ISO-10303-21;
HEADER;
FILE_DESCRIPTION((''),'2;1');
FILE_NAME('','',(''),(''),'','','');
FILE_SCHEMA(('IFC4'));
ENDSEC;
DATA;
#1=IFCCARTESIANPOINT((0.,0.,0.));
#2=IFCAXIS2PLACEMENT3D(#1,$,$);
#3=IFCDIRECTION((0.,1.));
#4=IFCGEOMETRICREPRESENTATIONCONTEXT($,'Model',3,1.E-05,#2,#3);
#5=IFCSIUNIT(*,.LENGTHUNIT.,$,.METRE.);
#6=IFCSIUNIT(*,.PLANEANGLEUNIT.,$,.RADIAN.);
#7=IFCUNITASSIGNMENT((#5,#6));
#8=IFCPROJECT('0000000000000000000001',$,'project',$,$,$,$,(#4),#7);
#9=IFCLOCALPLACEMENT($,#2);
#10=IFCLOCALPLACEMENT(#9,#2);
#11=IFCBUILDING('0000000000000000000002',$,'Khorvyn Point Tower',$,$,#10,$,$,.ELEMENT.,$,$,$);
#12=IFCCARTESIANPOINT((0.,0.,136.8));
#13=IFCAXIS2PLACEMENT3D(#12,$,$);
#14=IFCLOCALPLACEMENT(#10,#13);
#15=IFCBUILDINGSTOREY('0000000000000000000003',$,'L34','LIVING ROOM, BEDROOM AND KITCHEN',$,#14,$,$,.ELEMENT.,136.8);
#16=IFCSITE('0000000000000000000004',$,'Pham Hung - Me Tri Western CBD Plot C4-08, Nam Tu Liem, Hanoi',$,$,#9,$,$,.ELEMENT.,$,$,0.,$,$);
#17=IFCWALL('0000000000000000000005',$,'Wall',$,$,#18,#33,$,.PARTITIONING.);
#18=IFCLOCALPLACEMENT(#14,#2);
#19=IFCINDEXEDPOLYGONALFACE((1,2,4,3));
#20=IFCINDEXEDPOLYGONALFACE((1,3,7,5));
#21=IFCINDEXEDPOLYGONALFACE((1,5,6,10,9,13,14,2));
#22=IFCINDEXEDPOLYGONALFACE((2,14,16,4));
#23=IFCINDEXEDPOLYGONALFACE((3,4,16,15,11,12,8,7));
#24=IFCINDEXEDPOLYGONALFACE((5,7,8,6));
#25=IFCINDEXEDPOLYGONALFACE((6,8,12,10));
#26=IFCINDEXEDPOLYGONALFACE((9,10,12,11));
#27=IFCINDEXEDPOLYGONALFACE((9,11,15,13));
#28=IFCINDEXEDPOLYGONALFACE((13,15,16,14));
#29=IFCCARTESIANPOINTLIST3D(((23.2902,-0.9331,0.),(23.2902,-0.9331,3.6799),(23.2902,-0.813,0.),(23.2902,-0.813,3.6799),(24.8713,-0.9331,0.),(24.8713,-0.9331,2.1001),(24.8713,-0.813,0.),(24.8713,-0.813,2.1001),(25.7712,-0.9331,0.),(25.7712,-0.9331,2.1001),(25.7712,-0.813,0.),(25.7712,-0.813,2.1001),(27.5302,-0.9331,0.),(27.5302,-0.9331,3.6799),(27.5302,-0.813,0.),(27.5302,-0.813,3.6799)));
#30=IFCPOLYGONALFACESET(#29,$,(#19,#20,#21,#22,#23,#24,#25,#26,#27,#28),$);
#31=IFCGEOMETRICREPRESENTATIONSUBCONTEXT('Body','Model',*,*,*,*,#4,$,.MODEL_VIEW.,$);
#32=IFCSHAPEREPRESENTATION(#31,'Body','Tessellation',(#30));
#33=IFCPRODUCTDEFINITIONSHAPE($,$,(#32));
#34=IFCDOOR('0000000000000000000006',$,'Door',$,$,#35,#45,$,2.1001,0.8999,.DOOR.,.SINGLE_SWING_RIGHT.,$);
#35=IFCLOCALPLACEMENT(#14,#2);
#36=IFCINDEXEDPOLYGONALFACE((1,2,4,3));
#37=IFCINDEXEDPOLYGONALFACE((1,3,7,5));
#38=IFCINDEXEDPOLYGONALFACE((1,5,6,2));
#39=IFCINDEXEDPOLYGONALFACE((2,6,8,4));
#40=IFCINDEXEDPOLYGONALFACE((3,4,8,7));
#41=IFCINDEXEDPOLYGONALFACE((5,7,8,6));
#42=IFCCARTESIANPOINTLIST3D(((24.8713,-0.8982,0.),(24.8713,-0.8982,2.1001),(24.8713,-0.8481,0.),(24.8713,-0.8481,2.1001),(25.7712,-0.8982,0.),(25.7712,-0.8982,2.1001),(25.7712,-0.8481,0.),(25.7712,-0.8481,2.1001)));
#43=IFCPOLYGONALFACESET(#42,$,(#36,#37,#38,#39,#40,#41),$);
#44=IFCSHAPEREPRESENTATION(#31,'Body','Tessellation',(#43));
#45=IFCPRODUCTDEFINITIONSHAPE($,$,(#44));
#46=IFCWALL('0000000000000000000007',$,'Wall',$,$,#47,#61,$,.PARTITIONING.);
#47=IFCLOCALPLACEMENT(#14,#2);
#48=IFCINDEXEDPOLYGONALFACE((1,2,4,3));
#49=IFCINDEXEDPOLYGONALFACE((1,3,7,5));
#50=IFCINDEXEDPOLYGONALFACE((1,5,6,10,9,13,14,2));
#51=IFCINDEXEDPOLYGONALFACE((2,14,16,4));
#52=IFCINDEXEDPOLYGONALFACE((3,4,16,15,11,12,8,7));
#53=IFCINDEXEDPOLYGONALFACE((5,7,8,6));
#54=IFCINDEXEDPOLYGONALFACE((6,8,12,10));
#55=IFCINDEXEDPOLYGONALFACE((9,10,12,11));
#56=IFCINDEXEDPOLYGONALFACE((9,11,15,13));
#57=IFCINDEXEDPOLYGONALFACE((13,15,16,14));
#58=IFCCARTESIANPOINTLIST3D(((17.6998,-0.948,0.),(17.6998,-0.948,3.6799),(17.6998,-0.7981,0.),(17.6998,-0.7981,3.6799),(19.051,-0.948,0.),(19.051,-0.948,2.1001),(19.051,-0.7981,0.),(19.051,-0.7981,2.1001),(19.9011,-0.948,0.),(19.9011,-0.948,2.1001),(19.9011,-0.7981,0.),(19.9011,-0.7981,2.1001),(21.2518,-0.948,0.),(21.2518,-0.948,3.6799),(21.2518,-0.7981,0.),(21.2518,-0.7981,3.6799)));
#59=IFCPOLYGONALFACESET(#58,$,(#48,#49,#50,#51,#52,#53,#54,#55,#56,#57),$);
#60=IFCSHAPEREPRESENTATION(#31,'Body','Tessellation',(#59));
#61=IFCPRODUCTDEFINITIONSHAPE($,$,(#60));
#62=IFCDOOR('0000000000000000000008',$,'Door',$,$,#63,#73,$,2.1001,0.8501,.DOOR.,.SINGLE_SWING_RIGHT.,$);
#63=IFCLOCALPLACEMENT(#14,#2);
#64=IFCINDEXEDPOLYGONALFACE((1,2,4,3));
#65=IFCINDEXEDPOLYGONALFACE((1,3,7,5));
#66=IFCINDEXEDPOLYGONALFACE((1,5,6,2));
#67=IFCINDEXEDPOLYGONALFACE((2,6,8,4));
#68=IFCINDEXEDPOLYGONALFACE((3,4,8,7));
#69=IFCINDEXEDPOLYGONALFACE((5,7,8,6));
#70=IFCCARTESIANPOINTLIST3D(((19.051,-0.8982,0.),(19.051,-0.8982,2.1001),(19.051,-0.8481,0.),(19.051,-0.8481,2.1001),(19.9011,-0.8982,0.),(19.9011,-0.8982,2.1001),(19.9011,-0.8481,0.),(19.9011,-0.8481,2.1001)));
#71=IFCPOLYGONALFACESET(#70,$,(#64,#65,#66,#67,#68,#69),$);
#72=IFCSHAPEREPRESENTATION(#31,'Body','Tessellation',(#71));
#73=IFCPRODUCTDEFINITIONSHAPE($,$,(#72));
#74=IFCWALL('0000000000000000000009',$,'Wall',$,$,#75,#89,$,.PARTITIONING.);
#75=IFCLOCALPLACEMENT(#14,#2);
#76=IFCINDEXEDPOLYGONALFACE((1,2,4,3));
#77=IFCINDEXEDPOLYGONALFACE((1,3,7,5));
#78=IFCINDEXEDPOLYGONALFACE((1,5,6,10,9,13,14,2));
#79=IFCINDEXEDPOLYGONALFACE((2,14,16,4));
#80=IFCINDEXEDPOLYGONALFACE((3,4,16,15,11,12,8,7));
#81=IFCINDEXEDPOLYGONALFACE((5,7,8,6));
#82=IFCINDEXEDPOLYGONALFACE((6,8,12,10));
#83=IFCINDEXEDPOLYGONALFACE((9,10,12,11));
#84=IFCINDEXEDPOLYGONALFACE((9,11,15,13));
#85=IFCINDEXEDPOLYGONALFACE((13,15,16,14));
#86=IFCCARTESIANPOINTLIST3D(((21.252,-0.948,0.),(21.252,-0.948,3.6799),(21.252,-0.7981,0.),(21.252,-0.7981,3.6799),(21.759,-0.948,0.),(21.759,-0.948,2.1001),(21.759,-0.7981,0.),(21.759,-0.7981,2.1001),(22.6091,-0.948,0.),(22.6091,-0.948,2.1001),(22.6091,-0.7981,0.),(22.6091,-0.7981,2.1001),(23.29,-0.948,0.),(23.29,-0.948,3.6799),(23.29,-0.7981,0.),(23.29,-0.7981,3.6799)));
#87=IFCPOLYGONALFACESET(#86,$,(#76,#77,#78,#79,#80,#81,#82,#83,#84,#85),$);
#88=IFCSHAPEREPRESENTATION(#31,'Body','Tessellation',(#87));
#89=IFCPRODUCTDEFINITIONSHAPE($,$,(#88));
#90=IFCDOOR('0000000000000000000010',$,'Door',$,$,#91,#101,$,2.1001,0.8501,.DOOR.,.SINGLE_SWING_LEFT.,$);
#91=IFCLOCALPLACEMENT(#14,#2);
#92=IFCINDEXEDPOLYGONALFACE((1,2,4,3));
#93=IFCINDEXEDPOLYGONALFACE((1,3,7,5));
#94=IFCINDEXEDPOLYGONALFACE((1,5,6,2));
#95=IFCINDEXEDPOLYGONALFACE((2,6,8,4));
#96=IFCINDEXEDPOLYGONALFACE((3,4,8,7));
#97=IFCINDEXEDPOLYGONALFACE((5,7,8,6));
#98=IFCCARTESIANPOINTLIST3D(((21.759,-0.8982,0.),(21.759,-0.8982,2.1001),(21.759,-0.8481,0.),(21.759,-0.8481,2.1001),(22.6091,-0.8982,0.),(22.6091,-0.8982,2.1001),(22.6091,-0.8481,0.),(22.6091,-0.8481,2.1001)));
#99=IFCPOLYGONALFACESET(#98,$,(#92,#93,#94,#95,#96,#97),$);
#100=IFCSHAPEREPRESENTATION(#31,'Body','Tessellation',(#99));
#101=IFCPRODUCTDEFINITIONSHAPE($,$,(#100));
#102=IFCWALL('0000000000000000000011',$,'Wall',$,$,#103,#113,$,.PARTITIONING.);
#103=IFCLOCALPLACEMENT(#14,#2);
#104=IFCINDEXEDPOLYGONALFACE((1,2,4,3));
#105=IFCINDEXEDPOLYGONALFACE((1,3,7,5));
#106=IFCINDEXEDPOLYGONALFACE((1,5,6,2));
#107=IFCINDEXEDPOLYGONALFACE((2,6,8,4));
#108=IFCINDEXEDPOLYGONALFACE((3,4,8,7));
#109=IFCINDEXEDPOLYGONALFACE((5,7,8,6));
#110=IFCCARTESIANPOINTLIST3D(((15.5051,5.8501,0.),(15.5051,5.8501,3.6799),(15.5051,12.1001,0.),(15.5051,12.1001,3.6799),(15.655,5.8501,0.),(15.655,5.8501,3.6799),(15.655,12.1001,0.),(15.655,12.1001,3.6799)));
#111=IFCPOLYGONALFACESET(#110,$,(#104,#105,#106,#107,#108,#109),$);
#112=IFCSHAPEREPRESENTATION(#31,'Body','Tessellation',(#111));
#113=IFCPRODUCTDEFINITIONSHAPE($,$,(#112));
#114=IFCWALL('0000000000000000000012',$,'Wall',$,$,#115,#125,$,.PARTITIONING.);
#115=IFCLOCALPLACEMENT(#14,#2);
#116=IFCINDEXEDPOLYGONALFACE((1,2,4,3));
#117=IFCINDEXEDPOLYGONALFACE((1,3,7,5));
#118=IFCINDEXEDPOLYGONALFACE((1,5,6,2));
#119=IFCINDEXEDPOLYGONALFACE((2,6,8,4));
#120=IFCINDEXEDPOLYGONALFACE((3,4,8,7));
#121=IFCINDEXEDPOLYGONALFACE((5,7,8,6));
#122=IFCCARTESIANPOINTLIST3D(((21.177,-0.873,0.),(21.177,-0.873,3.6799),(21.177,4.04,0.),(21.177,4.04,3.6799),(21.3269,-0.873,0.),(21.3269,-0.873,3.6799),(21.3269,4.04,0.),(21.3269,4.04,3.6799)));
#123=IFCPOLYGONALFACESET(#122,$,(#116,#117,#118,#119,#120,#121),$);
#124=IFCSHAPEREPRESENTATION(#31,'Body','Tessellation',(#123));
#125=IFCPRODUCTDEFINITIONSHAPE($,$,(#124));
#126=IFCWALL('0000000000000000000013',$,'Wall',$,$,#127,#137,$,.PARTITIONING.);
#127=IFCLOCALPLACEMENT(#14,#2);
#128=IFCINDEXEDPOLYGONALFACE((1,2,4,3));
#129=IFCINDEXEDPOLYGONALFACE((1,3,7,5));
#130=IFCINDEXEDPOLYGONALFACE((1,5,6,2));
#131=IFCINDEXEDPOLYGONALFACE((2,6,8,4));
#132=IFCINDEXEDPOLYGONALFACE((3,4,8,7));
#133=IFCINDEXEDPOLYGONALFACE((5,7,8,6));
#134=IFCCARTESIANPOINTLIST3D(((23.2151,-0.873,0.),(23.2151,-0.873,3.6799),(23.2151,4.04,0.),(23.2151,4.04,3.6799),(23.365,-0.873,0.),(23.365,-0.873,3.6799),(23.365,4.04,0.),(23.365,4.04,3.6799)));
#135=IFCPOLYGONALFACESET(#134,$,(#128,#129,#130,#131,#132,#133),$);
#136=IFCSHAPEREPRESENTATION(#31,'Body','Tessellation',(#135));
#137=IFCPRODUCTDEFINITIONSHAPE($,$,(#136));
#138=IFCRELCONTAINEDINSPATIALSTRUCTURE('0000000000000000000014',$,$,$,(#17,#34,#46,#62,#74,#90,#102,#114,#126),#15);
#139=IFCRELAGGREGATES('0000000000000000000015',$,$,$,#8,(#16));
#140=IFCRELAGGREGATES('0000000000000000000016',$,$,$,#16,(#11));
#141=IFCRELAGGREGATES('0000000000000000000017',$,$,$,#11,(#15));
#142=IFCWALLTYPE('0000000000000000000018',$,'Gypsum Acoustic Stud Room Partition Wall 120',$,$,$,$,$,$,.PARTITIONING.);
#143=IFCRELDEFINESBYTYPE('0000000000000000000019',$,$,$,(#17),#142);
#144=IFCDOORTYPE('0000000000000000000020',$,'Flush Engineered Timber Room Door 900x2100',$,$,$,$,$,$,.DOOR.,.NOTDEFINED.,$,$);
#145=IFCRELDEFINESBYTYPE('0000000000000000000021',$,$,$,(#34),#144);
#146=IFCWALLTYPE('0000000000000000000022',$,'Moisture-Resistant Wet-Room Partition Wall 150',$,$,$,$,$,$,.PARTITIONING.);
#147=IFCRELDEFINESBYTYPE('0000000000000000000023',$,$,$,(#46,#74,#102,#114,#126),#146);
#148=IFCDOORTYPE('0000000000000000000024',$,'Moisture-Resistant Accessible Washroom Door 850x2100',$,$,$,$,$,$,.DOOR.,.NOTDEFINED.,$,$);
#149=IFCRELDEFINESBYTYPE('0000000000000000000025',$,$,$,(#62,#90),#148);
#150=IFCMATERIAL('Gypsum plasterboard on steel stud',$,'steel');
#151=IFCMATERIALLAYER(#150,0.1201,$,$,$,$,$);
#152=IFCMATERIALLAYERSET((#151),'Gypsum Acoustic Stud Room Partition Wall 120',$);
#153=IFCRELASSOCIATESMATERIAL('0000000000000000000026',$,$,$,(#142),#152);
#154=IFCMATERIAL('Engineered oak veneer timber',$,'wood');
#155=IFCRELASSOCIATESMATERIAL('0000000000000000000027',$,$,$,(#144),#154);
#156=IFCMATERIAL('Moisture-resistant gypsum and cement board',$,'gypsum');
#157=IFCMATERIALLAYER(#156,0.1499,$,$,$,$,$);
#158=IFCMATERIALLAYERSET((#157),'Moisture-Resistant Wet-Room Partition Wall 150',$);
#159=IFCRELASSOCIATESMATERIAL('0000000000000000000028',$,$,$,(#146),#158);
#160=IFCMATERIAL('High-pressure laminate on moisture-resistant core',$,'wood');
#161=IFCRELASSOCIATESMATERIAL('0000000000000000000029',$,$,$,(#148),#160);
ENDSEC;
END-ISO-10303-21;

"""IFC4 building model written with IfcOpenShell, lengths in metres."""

from ifc_helpers import new_model, si_unit, direction, frame, frame_2d, origin, place, context, subcontext, project, spatial, rectangle, extrude, material, layer, layer_set, type_object, element, fill, save


model = new_model("IFC4")

# Units and contexts
model_context = context("Model", 3, precision=1e-05, world=origin(), true_north=direction((0.0, 1.0)))
body_context = subcontext(model_context, "Body", "Model", "MODEL_VIEW")
ifc_project = project(units=[si_unit("LENGTHUNIT", "METRE"), si_unit("PLANEANGLEUNIT", "RADIAN")], contexts=[model_context])

# Site, building, storey
site_placement = place(None, origin())
site = spatial("IfcSite", under=ifc_project, at=site_placement, Name="Pham Hung - Me Tri Western CBD Plot C4-08, Nam Tu Liem, Hanoi", CompositionType="ELEMENT", RefElevation=0.0)
building_placement = place(site_placement, origin())
building = spatial("IfcBuilding", under=site, at=building_placement, Name="Khorvyn Point Tower", CompositionType="ELEMENT")
storey_placement = place(building_placement, frame((0.0, 0.0, 136.8)))
storey = spatial("IfcBuildingStorey", under=building, at=storey_placement, Name="L34", Description="LIVING ROOM, BEDROOM AND KITCHEN", CompositionType="ELEMENT", Elevation=136.8)

# Walls, openings, doors
ifc_material_1 = material(Name="Gypsum plasterboard on steel stud", Category="steel")
ifc_layer_1 = layer(ifc_material_1, 0.1201)
ifc_layer_set_1 = layer_set([ifc_layer_1], Name="Gypsum Acoustic Stud Room Partition Wall 120")
wall_type_1 = type_object("IfcWallType", Name="Gypsum Acoustic Stud Room Partition Wall 120", PredefinedType="PARTITIONING", material=ifc_layer_set_1)
wall_1_placement = place(storey_placement, frame((23.29, -0.873, 0.0), z_axis=(0.0, 0.0, 1.0), x_axis=(1.0, 0.0, 0.0)))
wall_1 = element("IfcWall", 1, at=wall_1_placement, inside=storey, type_object=wall_type_1, Name="Wall", PredefinedType="PARTITIONING", context=body_context, shape_type="SweptSolid", body=[
    extrude(rectangle(XDim=4.24, YDim=0.1201, at=frame_2d((2.1201, 0.0))), origin(), (0.0, 0.0, 1.0), 3.6799),
])
opening_1_placement = place(wall_1_placement, frame((1.5813, 0.0, 0.0)))
opening_1 = element("IfcOpeningElement", 2, at=opening_1_placement, cuts=wall_1, PredefinedType="OPENING", context=body_context, shape_type="SweptSolid", body=[
    extrude(rectangle(XDim=0.8999, YDim=2.1001, at=frame_2d((0.45, 1.05))), frame((0.0, 0.0701, 0.0), z_axis=(0.0, -1.0, 0.0), x_axis=(1.0, 0.0, 0.0)), (0.0, 0.0, 1.0), 0.1401),
])
ifc_material_2 = material(Name="Engineered oak veneer timber", Category="wood")
door_type_1 = type_object("IfcDoorType", Name="Flush Engineered Timber Room Door 900x2100", OperationType="NOTDEFINED", PredefinedType="DOOR", material=ifc_material_2)
door_1_placement = place(opening_1_placement, origin())
door_1 = element("IfcDoor", 3, at=door_1_placement, inside=storey, type_object=door_type_1, Name="Door", OperationType="SINGLE_SWING_RIGHT", OverallHeight=2.1001, OverallWidth=0.8999, PredefinedType="DOOR", context=body_context, shape_type="SweptSolid", body=[
    extrude(rectangle(XDim=0.8999, YDim=2.1001, at=frame_2d((0.45, 1.05))), frame((0.0, 0.0249, 0.0), z_axis=(0.0, -1.0, 0.0), x_axis=(1.0, 0.0, 0.0)), (0.0, 0.0, 1.0), 0.05),
])
fill(opening_1, door_1)
ifc_material_3 = material(Name="Moisture-resistant gypsum and cement board", Category="gypsum")
ifc_layer_2 = layer(ifc_material_3, 0.1499)
ifc_layer_set_2 = layer_set([ifc_layer_2], Name="Moisture-Resistant Wet-Room Partition Wall 150")
wall_type_2 = type_object("IfcWallType", Name="Moisture-Resistant Wet-Room Partition Wall 150", PredefinedType="PARTITIONING", material=ifc_layer_set_2)
wall_2_placement = place(storey_placement, frame((17.7, -0.873, 0.0), z_axis=(0.0, 0.0, 1.0), x_axis=(1.0, 0.0, 0.0)))
wall_2 = element("IfcWall", 4, at=wall_2_placement, inside=storey, type_object=wall_type_2, Name="Wall", PredefinedType="PARTITIONING", context=body_context, shape_type="SweptSolid", body=[
    extrude(rectangle(XDim=3.552, YDim=0.1499, at=frame_2d((1.7759, 0.0))), origin(), (0.0, 0.0, 1.0), 3.6799),
])
opening_2_placement = place(wall_2_placement, frame((1.3511, 0.0, 0.0)))
opening_2 = element("IfcOpeningElement", 5, at=opening_2_placement, cuts=wall_2, PredefinedType="OPENING", context=body_context, shape_type="SweptSolid", body=[
    extrude(rectangle(XDim=0.8501, YDim=2.1001, at=frame_2d((0.425, 1.05))), frame((0.0, 0.085, 0.0), z_axis=(0.0, -1.0, 0.0), x_axis=(1.0, 0.0, 0.0)), (0.0, 0.0, 1.0), 0.1699),
])
ifc_material_4 = material(Name="High-pressure laminate on moisture-resistant core", Category="wood")
door_type_2 = type_object("IfcDoorType", Name="Moisture-Resistant Accessible Washroom Door 850x2100", OperationType="NOTDEFINED", PredefinedType="DOOR", material=ifc_material_4)
door_2_placement = place(opening_2_placement, origin())
door_2 = element("IfcDoor", 6, at=door_2_placement, inside=storey, type_object=door_type_2, Name="Door", OperationType="SINGLE_SWING_RIGHT", OverallHeight=2.1001, OverallWidth=0.8501, PredefinedType="DOOR", context=body_context, shape_type="SweptSolid", body=[
    extrude(rectangle(XDim=0.8501, YDim=2.1001, at=frame_2d((0.425, 1.05))), frame((0.0, 0.0249, 0.0), z_axis=(0.0, -1.0, 0.0), x_axis=(1.0, 0.0, 0.0)), (0.0, 0.0, 1.0), 0.05),
])
fill(opening_2, door_2)
wall_3_placement = place(storey_placement, frame((21.252, -0.873, 0.0), z_axis=(0.0, 0.0, 1.0), x_axis=(1.0, 0.0, 0.0)))
wall_3 = element("IfcWall", 7, at=wall_3_placement, inside=storey, type_object=wall_type_2, Name="Wall", PredefinedType="PARTITIONING", context=body_context, shape_type="SweptSolid", body=[
    extrude(rectangle(XDim=2.0381, YDim=0.1499, at=frame_2d((1.019, 0.0))), origin(), (0.0, 0.0, 1.0), 3.6799),
])
opening_3_placement = place(wall_3_placement, frame((0.5071, 0.0, 0.0)))
opening_3 = element("IfcOpeningElement", 8, at=opening_3_placement, cuts=wall_3, PredefinedType="OPENING", context=body_context, shape_type="SweptSolid", body=[
    extrude(rectangle(XDim=0.8501, YDim=2.1001, at=frame_2d((0.425, 1.05))), frame((0.0, 0.085, 0.0), z_axis=(0.0, -1.0, 0.0), x_axis=(1.0, 0.0, 0.0)), (0.0, 0.0, 1.0), 0.1699),
])
door_3_placement = place(opening_3_placement, origin())
door_3 = element("IfcDoor", 9, at=door_3_placement, inside=storey, type_object=door_type_2, Name="Door", OperationType="SINGLE_SWING_LEFT", OverallHeight=2.1001, OverallWidth=0.8501, PredefinedType="DOOR", context=body_context, shape_type="SweptSolid", body=[
    extrude(rectangle(XDim=0.8501, YDim=2.1001, at=frame_2d((0.425, 1.05))), frame((0.0, 0.0249, 0.0), z_axis=(0.0, -1.0, 0.0), x_axis=(1.0, 0.0, 0.0)), (0.0, 0.0, 1.0), 0.05),
])
fill(opening_3, door_3)

# Walls
wall_4_placement = place(storey_placement, frame((15.5801, 5.8501, 0.0), z_axis=(0.0, 0.0, 1.0), x_axis=(0.0, 1.0, 0.0)))
element("IfcWall", 10, at=wall_4_placement, inside=storey, type_object=wall_type_2, Name="Wall", PredefinedType="PARTITIONING", context=body_context, shape_type="SweptSolid", body=[
    extrude(rectangle(XDim=6.25, YDim=0.1499, at=frame_2d((3.125, 0.0))), origin(), (0.0, 0.0, 1.0), 3.6799),
])
for number, where, z_axis, x_axis, name in (
    (11, (21.252, -0.873, 0.0), (0.0, 0.0, 1.0), (0.0, 1.0, 0.0), "Wall"),
    (12, (23.29, -0.873, 0.0), (0.0, 0.0, 1.0), (0.0, 1.0, 0.0), "Wall"),
):
    element("IfcWall", number, at=place(storey_placement, frame(where, z_axis=z_axis, x_axis=x_axis)), inside=storey, type_object=wall_type_2, Name=name, PredefinedType="PARTITIONING", context=body_context, shape_type="SweptSolid", body=[
        extrude(rectangle(XDim=4.9131, YDim=0.1499, at=frame_2d((2.4565, 0.0))), origin(), (0.0, 0.0, 1.0), 3.6799),
    ])

save(model, "model.ifc")
